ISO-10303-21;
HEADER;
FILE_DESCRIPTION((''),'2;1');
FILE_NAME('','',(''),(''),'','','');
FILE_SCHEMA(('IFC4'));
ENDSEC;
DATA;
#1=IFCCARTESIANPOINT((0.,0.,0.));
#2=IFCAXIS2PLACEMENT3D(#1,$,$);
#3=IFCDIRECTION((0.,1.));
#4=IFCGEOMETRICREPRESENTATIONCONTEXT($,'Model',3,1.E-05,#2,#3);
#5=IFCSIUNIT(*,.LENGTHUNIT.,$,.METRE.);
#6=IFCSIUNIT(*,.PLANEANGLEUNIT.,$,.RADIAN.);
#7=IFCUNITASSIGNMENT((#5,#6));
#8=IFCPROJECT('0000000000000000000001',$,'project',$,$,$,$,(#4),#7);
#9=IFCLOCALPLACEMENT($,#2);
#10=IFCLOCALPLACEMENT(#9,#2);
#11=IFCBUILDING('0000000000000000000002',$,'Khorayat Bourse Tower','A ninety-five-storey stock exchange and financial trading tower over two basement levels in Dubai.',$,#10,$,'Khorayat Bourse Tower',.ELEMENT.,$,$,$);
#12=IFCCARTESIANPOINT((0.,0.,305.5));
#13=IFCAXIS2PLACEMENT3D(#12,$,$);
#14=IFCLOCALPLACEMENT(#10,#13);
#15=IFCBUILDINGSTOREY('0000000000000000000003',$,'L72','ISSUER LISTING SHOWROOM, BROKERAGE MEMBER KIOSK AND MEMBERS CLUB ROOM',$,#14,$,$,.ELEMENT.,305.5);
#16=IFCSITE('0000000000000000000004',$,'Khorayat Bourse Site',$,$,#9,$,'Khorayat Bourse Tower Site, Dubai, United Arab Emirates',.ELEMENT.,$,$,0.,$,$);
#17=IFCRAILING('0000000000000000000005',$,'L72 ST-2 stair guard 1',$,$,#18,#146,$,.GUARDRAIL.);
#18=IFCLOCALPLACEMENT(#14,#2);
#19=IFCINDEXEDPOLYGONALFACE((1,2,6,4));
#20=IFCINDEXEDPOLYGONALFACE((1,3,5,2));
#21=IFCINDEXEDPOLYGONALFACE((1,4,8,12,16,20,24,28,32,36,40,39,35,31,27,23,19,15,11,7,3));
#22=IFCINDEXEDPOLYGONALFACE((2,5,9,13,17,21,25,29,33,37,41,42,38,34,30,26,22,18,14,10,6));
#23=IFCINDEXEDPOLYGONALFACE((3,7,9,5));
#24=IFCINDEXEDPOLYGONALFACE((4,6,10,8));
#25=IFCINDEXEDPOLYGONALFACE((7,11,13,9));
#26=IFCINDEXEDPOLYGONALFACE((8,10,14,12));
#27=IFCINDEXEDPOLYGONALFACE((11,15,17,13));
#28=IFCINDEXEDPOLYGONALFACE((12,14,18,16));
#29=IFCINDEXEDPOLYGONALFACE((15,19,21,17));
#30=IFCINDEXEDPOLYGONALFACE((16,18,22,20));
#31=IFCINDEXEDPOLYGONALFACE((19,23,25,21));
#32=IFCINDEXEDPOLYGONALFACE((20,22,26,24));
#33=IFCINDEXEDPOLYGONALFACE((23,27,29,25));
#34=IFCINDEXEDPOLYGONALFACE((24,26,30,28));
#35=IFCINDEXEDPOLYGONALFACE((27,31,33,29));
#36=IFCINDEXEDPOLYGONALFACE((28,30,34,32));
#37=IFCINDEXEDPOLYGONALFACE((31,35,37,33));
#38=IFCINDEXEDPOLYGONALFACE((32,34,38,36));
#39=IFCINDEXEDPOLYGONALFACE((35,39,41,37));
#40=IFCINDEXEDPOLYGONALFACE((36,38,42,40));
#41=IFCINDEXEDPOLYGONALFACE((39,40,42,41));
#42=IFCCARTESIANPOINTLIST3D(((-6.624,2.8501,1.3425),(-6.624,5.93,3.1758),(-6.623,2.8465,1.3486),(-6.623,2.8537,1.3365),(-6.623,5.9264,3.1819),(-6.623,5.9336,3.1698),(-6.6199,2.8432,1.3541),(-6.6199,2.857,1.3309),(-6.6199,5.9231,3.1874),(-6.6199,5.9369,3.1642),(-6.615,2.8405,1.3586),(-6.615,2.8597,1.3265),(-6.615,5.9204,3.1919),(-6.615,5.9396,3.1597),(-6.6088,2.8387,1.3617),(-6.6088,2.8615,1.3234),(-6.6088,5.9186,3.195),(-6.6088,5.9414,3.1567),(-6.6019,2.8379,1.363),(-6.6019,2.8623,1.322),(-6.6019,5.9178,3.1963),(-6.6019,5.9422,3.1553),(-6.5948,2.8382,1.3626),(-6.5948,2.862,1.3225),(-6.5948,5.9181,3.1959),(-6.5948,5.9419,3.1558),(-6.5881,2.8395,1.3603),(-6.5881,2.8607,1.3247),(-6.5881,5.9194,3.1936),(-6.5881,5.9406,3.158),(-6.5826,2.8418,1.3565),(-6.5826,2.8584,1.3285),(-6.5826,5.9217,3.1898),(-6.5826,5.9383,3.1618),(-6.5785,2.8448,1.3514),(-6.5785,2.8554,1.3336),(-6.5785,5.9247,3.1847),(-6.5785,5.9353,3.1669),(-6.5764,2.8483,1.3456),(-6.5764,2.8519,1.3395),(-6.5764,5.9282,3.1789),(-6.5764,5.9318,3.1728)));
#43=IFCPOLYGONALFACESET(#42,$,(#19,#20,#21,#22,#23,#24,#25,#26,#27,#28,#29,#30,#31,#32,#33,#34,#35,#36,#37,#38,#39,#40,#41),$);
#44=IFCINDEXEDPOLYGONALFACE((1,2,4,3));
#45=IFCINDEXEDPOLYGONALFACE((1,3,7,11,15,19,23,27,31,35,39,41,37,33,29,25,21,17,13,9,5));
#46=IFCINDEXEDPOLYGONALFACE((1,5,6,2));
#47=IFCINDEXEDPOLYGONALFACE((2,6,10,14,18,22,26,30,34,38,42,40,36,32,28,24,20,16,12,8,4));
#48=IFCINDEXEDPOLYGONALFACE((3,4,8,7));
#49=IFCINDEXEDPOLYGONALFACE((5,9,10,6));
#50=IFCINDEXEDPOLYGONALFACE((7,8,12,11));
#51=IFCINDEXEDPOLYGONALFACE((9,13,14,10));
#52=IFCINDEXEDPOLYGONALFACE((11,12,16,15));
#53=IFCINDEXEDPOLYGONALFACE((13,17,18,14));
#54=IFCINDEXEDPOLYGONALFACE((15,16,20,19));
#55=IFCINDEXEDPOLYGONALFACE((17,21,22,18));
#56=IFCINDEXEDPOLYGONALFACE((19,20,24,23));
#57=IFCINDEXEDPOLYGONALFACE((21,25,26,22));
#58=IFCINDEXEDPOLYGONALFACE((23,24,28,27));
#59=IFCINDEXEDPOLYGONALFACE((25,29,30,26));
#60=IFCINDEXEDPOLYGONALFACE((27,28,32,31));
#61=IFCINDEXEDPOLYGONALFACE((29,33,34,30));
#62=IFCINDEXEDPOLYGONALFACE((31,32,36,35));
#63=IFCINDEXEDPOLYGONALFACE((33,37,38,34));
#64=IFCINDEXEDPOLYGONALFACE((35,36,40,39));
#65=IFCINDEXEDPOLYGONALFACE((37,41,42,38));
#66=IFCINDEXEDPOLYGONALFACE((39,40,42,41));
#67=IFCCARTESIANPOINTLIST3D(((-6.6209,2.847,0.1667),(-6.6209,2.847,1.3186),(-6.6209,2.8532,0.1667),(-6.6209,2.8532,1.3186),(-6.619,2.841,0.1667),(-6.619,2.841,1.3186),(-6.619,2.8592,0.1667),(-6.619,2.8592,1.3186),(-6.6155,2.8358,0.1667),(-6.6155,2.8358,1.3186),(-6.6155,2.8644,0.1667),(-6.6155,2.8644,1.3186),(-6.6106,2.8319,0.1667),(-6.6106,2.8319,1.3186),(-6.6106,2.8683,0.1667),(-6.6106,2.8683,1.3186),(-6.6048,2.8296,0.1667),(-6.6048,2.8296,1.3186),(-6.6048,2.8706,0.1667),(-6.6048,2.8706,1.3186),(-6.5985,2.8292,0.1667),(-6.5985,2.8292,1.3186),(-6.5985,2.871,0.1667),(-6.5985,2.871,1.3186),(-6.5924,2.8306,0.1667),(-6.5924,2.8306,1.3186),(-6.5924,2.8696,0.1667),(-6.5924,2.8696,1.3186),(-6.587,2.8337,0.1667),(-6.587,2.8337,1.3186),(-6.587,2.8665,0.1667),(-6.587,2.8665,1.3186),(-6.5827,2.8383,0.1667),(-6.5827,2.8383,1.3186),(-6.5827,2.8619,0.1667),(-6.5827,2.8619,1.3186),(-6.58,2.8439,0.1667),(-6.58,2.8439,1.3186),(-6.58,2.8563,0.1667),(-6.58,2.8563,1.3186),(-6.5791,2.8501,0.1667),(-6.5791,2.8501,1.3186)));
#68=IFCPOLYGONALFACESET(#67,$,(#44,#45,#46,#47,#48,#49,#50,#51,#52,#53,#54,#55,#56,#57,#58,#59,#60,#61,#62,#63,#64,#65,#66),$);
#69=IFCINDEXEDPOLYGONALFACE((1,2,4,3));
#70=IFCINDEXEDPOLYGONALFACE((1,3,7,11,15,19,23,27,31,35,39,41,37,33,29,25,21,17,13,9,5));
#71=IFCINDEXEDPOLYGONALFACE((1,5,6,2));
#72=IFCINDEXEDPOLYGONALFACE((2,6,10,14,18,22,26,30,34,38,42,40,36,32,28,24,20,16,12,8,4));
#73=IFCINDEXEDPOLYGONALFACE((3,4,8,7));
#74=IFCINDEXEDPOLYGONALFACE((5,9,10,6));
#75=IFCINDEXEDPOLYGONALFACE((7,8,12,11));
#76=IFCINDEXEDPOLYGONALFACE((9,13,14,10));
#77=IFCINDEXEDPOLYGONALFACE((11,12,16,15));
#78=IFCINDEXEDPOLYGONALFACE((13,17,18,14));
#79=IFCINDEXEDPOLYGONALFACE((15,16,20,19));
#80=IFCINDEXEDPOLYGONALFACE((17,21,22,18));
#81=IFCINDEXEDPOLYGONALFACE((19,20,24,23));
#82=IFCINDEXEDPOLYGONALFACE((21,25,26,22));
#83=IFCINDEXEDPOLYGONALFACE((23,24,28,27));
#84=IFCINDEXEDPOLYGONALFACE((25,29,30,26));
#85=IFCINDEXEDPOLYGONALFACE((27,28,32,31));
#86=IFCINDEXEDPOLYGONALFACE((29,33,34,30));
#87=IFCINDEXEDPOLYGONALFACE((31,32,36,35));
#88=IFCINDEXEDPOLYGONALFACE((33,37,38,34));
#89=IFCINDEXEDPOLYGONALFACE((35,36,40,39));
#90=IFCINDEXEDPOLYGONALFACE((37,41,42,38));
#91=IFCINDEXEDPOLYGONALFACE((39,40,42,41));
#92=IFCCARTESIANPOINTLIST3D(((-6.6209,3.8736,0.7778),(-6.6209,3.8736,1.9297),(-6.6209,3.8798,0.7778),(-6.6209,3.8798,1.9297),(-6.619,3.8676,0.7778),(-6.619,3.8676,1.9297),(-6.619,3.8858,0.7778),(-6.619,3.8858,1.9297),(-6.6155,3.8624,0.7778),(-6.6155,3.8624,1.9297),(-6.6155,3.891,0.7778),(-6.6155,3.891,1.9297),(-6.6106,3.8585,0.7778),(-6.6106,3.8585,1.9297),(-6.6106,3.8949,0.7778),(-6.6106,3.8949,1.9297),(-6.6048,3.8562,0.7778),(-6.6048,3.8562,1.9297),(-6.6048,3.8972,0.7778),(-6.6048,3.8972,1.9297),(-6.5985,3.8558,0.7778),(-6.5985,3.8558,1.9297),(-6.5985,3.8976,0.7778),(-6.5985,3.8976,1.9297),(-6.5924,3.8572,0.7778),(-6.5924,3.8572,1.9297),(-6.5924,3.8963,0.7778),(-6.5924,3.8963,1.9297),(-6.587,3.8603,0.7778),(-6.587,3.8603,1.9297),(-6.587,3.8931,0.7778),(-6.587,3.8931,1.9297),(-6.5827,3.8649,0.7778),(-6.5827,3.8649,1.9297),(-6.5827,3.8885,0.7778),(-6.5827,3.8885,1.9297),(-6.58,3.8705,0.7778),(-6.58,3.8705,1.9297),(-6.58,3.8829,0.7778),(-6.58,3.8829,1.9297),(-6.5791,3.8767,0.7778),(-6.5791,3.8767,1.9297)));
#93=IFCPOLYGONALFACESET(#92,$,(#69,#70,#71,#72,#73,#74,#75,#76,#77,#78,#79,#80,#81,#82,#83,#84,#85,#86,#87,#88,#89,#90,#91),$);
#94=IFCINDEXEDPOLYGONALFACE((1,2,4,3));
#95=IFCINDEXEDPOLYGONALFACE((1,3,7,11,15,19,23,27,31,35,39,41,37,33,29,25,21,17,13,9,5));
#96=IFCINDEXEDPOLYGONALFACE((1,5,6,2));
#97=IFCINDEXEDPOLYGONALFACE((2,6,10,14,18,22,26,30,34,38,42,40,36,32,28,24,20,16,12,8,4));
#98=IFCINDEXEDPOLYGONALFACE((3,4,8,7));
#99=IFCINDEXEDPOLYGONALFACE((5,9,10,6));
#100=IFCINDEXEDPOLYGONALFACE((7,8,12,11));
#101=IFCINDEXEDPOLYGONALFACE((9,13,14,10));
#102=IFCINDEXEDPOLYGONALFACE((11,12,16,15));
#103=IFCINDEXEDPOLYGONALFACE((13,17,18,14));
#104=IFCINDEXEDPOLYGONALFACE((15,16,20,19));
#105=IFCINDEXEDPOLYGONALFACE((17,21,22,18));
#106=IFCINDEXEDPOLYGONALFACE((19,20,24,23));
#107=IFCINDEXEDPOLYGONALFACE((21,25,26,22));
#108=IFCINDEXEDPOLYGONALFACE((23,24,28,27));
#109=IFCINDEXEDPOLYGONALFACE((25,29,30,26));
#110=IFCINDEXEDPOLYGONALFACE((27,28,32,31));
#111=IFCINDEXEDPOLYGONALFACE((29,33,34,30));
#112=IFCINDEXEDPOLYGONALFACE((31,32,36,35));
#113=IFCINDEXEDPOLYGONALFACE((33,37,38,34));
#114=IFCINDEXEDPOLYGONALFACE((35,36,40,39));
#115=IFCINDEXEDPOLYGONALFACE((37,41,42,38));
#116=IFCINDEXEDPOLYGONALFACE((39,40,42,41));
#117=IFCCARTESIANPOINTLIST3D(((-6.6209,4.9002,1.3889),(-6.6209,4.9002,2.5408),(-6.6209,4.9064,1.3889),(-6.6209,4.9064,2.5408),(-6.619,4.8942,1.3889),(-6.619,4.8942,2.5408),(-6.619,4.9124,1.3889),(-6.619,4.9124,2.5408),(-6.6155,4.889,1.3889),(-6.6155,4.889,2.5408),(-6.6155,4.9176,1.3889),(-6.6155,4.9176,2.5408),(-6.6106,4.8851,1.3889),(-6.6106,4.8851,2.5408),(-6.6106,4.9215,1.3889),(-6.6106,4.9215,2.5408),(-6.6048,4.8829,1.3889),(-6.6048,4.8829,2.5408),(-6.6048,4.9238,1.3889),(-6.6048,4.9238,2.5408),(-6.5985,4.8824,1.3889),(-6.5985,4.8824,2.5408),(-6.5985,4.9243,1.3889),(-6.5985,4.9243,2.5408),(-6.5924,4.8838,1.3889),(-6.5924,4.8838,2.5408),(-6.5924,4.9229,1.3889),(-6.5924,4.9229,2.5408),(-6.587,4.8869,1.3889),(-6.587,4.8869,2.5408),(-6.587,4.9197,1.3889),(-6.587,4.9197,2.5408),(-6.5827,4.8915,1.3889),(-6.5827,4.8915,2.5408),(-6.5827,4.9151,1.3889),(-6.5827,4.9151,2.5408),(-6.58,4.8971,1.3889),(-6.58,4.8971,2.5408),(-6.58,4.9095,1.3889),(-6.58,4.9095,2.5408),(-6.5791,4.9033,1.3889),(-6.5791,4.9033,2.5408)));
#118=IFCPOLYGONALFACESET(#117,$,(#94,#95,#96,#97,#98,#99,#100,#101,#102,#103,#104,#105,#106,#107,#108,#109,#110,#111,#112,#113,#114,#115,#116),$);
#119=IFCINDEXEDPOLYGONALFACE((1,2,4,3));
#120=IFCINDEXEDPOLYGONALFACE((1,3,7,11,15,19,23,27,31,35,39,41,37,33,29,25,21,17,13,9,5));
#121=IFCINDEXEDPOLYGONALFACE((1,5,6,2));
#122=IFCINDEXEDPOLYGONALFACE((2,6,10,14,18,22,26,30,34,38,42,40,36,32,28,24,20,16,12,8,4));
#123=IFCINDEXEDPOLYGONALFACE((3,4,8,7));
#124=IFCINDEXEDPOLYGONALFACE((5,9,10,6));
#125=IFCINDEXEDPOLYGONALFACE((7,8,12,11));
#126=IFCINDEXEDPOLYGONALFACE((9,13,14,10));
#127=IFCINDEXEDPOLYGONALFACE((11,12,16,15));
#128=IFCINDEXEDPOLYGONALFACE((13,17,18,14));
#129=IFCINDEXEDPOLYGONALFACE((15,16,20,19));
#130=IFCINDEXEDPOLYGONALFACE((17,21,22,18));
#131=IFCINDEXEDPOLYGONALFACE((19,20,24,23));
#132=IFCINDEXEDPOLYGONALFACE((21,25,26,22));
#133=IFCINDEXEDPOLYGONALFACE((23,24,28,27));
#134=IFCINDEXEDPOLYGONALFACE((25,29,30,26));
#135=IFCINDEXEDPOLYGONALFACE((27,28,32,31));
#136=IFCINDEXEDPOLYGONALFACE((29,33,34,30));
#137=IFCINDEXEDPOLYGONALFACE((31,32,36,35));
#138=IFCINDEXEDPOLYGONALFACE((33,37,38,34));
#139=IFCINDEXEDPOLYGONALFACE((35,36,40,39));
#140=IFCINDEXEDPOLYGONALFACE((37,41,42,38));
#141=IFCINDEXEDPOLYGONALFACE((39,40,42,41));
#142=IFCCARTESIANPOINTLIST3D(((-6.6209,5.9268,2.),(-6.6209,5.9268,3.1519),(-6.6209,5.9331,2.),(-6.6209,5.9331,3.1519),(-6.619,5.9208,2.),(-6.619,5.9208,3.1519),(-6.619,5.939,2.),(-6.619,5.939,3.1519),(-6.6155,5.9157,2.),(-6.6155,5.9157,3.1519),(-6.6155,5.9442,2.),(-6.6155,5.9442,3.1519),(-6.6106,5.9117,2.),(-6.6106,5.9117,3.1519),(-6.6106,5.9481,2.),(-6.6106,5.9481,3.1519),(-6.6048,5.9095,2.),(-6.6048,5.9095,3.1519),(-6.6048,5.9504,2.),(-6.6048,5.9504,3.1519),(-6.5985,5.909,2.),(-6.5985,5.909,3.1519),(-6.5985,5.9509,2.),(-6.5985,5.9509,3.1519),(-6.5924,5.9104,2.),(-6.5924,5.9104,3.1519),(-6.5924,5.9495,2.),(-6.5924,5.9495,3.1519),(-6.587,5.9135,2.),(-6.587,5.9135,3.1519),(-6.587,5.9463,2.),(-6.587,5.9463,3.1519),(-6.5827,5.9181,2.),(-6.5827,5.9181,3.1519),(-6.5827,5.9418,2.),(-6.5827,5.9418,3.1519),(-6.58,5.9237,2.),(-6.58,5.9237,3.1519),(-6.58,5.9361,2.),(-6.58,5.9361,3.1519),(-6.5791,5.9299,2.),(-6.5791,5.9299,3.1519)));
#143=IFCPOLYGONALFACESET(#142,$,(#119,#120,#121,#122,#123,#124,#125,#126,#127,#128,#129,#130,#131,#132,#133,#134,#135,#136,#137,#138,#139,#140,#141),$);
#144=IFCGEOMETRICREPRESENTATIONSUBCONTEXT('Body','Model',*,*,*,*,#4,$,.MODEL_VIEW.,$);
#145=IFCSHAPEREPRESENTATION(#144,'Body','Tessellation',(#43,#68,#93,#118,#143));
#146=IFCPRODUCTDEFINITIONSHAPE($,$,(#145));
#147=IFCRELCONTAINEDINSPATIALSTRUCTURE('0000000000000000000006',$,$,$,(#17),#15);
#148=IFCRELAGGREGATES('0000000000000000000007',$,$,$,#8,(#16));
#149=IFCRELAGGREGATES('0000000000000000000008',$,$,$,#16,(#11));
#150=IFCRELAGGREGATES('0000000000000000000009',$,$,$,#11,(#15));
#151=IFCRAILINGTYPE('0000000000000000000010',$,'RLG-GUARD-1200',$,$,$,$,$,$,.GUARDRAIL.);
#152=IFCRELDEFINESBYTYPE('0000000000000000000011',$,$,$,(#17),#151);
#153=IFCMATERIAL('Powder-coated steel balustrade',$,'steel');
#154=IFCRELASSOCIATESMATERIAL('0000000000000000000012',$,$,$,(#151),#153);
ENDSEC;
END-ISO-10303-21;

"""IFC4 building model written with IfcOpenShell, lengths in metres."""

from ifc_helpers import new_model, si_unit, direction, frame, origin, origin_2d, place, context, subcontext, project, spatial, circle, extrude, source, transform, mapped, material, type_object, element, save


model = new_model("IFC4")

# Units and contexts
model_context = context("Model", 3, precision=1e-05, world=origin(), true_north=direction((0.0, 1.0)))
body_context = subcontext(model_context, "Body", "Model", "MODEL_VIEW")
ifc_project = project(units=[si_unit("LENGTHUNIT", "METRE"), si_unit("PLANEANGLEUNIT", "RADIAN")], contexts=[model_context])

# Site, building, storey
site_placement = place(None, origin())
site = spatial("IfcSite", under=ifc_project, at=site_placement, Name="Khorayat Bourse Site", LongName="Khorayat Bourse Tower Site, Dubai, United Arab Emirates", CompositionType="ELEMENT", RefElevation=0.0)
building_placement = place(site_placement, origin())
building = spatial("IfcBuilding", under=site, at=building_placement, Name="Khorayat Bourse Tower", Description="A ninety-five-storey stock exchange and financial trading tower over two basement levels in Dubai.", LongName="Khorayat Bourse Tower", CompositionType="ELEMENT")
storey_placement = place(building_placement, frame((0.0, 0.0, 305.5)))
storey = spatial("IfcBuildingStorey", under=building, at=storey_placement, Name="L72", Description="ISSUER LISTING SHOWROOM, BROKERAGE MEMBER KIOSK AND MEMBERS CLUB ROOM", CompositionType="ELEMENT", Elevation=305.5)

# Railing
ifc_material_1 = material(Name="Powder-coated steel balustrade", Category="steel")
railing_type_1 = type_object("IfcRailingType", Name="RLG-GUARD-1200", PredefinedType="GUARDRAIL", material=ifc_material_1)
shared_shape_1 = source(origin(), body_context, "Body", "SweptSolid", [
    extrude(circle(Radius=0.0239, at=origin_2d()), frame((0.0, 0.0, 1.1758), z_axis=(0.0, 0.859291, 0.511487), x_axis=(-1.0, 0.0, 0.0)), (0.0, 0.0, 1.0), 3.5842),
    extrude(circle(Radius=0.021, at=origin_2d()), origin(), (0.0, 0.0, 1.0), 1.1519),
    extrude(circle(Radius=0.021, at=origin_2d()), frame((0.0, 1.0266, 0.6111)), (0.0, 0.0, 1.0), 1.1519),
    extrude(circle(Radius=0.021, at=origin_2d()), frame((0.0, 2.0532, 1.2222)), (0.0, 0.0, 1.0), 1.1519),
    extrude(circle(Radius=0.021, at=origin_2d()), frame((0.0, 3.0798, 1.8333)), (0.0, 0.0, 1.0), 1.1519),
])
railing_1_placement = place(storey_placement, frame((-6.6001, 2.8501, 0.1667)))
element("IfcRailing", 1, at=railing_1_placement, inside=storey, type_object=railing_type_1, Name="L72 ST-2 stair guard 1", PredefinedType="GUARDRAIL", context=body_context, shape_type="MappedRepresentation", body=[
    mapped(shared_shape_1, transform((0.0, 0.0, 0.0), scale=1.0)),
])

save(model, "model.ifc")
